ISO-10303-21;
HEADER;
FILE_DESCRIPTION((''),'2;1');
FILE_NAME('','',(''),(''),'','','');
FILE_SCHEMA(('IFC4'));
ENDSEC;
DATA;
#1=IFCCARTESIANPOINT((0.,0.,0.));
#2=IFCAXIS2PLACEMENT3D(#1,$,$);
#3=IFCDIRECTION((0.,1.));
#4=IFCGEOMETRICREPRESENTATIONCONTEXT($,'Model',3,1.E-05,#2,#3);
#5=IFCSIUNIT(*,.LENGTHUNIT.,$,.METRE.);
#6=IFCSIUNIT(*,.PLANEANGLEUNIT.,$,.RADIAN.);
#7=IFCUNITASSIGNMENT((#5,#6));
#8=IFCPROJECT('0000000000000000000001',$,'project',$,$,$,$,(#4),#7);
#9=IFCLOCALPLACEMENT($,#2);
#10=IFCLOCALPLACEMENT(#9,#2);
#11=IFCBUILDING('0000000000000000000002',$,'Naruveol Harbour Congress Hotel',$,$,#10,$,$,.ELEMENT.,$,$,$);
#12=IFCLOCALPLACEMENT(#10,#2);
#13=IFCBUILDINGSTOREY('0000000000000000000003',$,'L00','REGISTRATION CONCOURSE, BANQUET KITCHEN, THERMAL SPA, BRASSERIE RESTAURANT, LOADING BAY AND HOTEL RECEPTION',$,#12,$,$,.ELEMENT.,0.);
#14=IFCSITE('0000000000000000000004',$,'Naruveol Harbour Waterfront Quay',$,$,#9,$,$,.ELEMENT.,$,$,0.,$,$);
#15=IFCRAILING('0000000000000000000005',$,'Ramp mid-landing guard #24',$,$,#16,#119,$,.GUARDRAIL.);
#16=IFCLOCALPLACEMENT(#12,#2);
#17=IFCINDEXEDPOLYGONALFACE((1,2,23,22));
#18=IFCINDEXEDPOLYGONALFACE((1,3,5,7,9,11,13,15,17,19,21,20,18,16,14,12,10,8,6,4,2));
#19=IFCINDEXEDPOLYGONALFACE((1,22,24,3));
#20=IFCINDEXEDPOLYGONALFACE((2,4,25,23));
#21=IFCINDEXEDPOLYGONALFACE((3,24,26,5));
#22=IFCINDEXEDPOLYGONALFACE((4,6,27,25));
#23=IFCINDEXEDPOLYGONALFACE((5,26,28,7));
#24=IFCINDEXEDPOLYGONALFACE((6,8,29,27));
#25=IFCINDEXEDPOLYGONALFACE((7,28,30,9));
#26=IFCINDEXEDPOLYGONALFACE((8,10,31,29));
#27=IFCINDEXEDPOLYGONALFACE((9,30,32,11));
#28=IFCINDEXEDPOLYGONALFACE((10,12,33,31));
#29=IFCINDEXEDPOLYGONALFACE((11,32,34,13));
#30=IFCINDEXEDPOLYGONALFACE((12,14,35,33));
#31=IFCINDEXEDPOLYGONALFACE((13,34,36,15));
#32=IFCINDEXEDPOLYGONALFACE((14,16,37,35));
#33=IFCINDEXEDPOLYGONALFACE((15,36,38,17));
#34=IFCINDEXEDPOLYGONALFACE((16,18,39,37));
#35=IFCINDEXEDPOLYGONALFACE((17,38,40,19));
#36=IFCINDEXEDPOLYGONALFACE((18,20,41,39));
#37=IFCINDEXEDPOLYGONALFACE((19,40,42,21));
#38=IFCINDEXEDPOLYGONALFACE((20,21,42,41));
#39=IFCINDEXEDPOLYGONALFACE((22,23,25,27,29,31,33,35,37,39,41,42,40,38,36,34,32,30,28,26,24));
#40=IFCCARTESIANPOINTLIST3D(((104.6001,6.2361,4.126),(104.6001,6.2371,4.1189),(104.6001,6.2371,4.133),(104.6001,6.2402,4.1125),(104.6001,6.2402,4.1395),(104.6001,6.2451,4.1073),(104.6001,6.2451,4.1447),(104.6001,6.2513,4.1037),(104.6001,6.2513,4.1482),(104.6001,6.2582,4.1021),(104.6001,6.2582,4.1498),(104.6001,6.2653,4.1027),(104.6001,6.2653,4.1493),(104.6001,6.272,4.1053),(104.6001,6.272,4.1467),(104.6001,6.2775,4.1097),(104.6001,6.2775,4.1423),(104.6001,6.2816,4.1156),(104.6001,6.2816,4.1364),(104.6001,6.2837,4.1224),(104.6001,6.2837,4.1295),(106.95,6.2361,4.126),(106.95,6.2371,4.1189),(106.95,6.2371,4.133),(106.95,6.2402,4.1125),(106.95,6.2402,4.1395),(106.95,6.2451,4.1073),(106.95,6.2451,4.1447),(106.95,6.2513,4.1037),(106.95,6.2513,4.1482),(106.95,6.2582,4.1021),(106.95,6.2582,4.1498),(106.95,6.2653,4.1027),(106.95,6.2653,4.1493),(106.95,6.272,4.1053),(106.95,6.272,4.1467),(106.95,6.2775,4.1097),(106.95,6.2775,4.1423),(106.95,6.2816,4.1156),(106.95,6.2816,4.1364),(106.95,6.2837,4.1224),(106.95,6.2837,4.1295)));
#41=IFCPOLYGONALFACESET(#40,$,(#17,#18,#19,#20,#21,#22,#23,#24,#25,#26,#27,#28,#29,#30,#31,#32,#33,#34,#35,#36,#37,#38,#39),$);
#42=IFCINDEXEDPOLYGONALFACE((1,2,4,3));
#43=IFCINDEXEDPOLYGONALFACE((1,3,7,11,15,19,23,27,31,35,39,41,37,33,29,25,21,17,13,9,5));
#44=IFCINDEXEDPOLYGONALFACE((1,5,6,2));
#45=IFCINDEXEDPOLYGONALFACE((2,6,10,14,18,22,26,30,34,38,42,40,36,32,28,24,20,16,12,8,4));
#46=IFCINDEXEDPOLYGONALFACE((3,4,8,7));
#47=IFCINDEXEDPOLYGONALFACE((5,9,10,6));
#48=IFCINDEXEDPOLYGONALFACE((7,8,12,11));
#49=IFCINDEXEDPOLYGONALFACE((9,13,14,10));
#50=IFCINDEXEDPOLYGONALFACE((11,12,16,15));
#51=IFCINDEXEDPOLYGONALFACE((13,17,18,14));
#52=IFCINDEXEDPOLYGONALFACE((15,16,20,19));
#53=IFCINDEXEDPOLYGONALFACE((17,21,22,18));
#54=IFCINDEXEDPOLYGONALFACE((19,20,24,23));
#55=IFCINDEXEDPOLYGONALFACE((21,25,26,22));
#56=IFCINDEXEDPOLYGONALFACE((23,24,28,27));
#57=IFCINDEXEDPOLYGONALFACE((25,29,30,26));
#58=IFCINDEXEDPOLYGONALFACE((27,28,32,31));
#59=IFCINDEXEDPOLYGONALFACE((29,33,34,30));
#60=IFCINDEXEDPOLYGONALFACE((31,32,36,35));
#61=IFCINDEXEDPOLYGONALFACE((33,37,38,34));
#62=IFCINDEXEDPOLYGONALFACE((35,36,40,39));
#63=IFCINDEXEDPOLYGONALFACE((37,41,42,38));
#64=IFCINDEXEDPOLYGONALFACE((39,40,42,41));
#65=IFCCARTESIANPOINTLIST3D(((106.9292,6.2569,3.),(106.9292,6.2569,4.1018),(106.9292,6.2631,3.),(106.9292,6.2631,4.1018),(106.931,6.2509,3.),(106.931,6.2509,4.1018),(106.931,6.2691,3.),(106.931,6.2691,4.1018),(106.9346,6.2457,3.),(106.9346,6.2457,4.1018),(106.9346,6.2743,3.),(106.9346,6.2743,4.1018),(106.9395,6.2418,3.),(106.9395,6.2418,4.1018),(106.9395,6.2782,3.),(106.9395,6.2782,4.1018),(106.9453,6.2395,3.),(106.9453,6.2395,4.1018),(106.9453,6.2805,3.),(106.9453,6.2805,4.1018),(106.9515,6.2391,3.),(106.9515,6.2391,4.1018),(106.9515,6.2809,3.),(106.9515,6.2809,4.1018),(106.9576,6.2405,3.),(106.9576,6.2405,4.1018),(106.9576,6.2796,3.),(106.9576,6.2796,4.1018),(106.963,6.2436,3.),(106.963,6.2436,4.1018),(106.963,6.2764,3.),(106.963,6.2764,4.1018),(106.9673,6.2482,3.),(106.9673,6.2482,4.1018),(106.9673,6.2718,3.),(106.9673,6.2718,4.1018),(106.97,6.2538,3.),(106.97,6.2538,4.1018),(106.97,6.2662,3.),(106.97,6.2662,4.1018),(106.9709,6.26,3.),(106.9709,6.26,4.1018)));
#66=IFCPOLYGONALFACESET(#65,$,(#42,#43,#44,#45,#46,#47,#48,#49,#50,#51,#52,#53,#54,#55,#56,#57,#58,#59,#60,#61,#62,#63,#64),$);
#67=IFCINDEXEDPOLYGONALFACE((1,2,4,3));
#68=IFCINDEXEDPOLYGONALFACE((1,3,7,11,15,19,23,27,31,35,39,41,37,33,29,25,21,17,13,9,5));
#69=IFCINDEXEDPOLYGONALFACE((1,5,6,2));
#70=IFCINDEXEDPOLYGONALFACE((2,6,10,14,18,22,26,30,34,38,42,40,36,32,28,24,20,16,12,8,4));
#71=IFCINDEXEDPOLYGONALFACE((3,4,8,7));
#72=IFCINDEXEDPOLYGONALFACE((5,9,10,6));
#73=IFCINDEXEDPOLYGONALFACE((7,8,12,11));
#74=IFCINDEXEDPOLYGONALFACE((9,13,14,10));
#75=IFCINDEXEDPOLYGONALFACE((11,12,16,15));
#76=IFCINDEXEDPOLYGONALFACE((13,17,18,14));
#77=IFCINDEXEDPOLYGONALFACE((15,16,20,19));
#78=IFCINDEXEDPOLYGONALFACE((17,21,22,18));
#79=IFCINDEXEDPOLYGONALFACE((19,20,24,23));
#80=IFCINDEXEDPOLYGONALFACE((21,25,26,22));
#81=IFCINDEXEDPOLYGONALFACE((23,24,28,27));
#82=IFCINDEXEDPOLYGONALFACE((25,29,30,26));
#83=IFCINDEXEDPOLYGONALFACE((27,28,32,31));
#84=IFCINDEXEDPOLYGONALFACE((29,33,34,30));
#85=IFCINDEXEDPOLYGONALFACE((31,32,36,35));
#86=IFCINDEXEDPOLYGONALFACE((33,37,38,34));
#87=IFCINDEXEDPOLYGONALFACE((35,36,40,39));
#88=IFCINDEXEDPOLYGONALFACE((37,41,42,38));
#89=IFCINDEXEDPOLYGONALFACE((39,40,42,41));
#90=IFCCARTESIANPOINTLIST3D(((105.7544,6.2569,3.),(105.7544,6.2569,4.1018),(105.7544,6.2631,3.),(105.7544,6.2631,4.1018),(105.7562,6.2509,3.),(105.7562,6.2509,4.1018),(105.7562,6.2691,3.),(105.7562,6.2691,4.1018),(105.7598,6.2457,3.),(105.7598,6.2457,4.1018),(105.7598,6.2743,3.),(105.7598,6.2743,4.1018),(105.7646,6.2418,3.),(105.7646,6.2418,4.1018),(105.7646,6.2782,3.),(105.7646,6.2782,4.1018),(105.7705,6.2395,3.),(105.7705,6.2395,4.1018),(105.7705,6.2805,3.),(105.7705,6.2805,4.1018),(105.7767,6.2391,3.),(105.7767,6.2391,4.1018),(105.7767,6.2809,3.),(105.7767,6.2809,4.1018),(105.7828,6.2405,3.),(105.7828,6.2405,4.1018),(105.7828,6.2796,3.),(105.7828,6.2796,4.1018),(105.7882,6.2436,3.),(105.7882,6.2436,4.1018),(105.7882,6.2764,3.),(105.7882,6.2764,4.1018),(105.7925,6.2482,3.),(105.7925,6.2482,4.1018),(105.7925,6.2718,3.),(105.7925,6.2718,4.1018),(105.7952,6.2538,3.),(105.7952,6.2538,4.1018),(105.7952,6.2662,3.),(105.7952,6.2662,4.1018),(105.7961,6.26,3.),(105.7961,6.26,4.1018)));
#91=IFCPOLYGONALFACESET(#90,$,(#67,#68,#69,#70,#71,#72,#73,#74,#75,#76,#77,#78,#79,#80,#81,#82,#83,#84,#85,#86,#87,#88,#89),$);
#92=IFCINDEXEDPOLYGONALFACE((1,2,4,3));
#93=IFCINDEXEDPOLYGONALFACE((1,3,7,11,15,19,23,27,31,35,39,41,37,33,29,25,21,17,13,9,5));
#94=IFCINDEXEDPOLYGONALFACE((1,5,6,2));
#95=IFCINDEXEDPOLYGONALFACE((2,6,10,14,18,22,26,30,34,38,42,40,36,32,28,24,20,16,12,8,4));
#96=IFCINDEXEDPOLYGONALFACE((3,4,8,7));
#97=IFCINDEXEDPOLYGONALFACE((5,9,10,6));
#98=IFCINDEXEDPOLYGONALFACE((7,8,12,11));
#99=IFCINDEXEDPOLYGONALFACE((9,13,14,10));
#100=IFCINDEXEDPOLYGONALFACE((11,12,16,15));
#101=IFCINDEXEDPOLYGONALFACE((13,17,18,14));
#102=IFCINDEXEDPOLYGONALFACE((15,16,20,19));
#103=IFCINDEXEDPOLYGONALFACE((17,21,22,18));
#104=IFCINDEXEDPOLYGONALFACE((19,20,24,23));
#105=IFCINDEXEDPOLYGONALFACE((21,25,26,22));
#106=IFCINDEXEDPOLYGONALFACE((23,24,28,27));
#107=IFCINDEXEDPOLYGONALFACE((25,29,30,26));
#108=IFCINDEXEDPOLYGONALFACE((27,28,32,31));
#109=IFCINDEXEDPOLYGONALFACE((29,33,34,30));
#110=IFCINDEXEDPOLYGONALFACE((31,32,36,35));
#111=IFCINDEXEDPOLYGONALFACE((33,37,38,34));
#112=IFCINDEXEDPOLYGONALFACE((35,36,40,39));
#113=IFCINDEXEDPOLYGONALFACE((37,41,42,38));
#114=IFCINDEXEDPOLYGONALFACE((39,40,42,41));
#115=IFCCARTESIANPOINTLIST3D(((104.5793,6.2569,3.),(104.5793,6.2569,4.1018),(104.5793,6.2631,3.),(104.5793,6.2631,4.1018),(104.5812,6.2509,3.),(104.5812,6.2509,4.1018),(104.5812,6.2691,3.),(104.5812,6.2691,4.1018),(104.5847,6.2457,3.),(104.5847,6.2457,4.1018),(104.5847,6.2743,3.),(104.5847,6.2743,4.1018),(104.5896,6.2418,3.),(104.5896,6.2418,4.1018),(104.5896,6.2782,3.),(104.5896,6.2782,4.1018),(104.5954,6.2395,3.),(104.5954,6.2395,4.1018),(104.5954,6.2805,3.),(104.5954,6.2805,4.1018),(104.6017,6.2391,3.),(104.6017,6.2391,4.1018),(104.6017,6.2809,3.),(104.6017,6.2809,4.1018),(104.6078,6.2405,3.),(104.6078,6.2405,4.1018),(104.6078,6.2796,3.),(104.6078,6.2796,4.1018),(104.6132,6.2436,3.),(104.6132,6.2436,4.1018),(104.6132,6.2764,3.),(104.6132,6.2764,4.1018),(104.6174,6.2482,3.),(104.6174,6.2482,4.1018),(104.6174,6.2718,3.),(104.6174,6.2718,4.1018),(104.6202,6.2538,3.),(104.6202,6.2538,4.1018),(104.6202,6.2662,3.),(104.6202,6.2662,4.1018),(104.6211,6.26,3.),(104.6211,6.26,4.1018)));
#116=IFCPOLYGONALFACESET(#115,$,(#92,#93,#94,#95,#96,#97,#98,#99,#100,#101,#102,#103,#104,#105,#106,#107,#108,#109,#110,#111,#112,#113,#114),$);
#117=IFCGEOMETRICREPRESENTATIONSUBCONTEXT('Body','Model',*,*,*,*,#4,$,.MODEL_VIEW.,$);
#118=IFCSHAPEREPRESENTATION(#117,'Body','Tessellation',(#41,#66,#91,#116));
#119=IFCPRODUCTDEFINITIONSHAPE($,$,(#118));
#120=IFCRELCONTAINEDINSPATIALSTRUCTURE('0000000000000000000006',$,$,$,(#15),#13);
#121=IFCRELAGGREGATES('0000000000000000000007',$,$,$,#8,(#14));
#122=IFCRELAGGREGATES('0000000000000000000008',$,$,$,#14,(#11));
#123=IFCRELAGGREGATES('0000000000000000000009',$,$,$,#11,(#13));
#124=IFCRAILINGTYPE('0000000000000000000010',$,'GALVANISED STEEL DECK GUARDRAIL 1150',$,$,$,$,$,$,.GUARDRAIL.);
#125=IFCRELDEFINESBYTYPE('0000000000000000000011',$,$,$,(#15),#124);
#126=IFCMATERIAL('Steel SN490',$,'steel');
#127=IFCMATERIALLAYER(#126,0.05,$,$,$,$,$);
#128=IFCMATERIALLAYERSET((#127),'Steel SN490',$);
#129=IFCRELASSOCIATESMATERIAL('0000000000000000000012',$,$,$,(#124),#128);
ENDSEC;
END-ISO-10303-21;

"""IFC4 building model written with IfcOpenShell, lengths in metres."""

from ifc_helpers import new_model, si_unit, direction, frame, origin, origin_2d, place, context, subcontext, project, spatial, circle, extrude, material, layer, layer_set, type_object, element, save


model = new_model("IFC4")

# Units and contexts
model_context = context("Model", 3, precision=1e-05, world=origin(), true_north=direction((0.0, 1.0)))
body_context = subcontext(model_context, "Body", "Model", "MODEL_VIEW")
ifc_project = project(units=[si_unit("LENGTHUNIT", "METRE"), si_unit("PLANEANGLEUNIT", "RADIAN")], contexts=[model_context])

# Site, building, storey
site_placement = place(None, origin())
site = spatial("IfcSite", under=ifc_project, at=site_placement, Name="Naruveol Harbour Waterfront Quay", CompositionType="ELEMENT", RefElevation=0.0)
building_placement = place(site_placement, origin())
building = spatial("IfcBuilding", under=site, at=building_placement, Name="Naruveol Harbour Congress Hotel", CompositionType="ELEMENT")
storey_placement = place(building_placement, origin())
storey = spatial("IfcBuildingStorey", under=building, at=storey_placement, Name="L00", Description="REGISTRATION CONCOURSE, BANQUET KITCHEN, THERMAL SPA, BRASSERIE RESTAURANT, LOADING BAY AND HOTEL RECEPTION", CompositionType="ELEMENT", Elevation=0.0)

# Railing
ifc_material_1 = material(Name="Steel SN490", Category="steel")
ifc_layer_1 = layer(ifc_material_1, 0.05)
ifc_layer_set_1 = layer_set([ifc_layer_1], Name="Steel SN490")
railing_type = type_object("IfcRailingType", Name="GALVANISED STEEL DECK GUARDRAIL 1150", PredefinedType="GUARDRAIL", material=ifc_layer_set_1)
railing_1_placement = place(storey_placement, frame((106.95, 6.26, 3.0)))
element("IfcRailing", 1, at=railing_1_placement, inside=storey, type_object=railing_type, Name="Ramp mid-landing guard #24", PredefinedType="GUARDRAIL", context=body_context, shape_type="SweptSolid", body=[
    extrude(circle(Radius=0.0239, at=origin_2d()), frame((0.0, 0.0, 1.126), z_axis=(-1.0, 0.0, 0.0), x_axis=(0.0, -1.0, 0.0)), (0.0, 0.0, 1.0), 2.3499),
    extrude(circle(Radius=0.021, at=origin_2d()), origin(), (0.0, 0.0, 1.0), 1.1018),
    extrude(circle(Radius=0.021, at=origin_2d()), frame((-1.1748, 0.0, 0.0)), (0.0, 0.0, 1.0), 1.1018),
    extrude(circle(Radius=0.021, at=origin_2d()), frame((-2.3499, 0.0, 0.0)), (0.0, 0.0, 1.0), 1.1018),
])

save(model, "model.ifc")
